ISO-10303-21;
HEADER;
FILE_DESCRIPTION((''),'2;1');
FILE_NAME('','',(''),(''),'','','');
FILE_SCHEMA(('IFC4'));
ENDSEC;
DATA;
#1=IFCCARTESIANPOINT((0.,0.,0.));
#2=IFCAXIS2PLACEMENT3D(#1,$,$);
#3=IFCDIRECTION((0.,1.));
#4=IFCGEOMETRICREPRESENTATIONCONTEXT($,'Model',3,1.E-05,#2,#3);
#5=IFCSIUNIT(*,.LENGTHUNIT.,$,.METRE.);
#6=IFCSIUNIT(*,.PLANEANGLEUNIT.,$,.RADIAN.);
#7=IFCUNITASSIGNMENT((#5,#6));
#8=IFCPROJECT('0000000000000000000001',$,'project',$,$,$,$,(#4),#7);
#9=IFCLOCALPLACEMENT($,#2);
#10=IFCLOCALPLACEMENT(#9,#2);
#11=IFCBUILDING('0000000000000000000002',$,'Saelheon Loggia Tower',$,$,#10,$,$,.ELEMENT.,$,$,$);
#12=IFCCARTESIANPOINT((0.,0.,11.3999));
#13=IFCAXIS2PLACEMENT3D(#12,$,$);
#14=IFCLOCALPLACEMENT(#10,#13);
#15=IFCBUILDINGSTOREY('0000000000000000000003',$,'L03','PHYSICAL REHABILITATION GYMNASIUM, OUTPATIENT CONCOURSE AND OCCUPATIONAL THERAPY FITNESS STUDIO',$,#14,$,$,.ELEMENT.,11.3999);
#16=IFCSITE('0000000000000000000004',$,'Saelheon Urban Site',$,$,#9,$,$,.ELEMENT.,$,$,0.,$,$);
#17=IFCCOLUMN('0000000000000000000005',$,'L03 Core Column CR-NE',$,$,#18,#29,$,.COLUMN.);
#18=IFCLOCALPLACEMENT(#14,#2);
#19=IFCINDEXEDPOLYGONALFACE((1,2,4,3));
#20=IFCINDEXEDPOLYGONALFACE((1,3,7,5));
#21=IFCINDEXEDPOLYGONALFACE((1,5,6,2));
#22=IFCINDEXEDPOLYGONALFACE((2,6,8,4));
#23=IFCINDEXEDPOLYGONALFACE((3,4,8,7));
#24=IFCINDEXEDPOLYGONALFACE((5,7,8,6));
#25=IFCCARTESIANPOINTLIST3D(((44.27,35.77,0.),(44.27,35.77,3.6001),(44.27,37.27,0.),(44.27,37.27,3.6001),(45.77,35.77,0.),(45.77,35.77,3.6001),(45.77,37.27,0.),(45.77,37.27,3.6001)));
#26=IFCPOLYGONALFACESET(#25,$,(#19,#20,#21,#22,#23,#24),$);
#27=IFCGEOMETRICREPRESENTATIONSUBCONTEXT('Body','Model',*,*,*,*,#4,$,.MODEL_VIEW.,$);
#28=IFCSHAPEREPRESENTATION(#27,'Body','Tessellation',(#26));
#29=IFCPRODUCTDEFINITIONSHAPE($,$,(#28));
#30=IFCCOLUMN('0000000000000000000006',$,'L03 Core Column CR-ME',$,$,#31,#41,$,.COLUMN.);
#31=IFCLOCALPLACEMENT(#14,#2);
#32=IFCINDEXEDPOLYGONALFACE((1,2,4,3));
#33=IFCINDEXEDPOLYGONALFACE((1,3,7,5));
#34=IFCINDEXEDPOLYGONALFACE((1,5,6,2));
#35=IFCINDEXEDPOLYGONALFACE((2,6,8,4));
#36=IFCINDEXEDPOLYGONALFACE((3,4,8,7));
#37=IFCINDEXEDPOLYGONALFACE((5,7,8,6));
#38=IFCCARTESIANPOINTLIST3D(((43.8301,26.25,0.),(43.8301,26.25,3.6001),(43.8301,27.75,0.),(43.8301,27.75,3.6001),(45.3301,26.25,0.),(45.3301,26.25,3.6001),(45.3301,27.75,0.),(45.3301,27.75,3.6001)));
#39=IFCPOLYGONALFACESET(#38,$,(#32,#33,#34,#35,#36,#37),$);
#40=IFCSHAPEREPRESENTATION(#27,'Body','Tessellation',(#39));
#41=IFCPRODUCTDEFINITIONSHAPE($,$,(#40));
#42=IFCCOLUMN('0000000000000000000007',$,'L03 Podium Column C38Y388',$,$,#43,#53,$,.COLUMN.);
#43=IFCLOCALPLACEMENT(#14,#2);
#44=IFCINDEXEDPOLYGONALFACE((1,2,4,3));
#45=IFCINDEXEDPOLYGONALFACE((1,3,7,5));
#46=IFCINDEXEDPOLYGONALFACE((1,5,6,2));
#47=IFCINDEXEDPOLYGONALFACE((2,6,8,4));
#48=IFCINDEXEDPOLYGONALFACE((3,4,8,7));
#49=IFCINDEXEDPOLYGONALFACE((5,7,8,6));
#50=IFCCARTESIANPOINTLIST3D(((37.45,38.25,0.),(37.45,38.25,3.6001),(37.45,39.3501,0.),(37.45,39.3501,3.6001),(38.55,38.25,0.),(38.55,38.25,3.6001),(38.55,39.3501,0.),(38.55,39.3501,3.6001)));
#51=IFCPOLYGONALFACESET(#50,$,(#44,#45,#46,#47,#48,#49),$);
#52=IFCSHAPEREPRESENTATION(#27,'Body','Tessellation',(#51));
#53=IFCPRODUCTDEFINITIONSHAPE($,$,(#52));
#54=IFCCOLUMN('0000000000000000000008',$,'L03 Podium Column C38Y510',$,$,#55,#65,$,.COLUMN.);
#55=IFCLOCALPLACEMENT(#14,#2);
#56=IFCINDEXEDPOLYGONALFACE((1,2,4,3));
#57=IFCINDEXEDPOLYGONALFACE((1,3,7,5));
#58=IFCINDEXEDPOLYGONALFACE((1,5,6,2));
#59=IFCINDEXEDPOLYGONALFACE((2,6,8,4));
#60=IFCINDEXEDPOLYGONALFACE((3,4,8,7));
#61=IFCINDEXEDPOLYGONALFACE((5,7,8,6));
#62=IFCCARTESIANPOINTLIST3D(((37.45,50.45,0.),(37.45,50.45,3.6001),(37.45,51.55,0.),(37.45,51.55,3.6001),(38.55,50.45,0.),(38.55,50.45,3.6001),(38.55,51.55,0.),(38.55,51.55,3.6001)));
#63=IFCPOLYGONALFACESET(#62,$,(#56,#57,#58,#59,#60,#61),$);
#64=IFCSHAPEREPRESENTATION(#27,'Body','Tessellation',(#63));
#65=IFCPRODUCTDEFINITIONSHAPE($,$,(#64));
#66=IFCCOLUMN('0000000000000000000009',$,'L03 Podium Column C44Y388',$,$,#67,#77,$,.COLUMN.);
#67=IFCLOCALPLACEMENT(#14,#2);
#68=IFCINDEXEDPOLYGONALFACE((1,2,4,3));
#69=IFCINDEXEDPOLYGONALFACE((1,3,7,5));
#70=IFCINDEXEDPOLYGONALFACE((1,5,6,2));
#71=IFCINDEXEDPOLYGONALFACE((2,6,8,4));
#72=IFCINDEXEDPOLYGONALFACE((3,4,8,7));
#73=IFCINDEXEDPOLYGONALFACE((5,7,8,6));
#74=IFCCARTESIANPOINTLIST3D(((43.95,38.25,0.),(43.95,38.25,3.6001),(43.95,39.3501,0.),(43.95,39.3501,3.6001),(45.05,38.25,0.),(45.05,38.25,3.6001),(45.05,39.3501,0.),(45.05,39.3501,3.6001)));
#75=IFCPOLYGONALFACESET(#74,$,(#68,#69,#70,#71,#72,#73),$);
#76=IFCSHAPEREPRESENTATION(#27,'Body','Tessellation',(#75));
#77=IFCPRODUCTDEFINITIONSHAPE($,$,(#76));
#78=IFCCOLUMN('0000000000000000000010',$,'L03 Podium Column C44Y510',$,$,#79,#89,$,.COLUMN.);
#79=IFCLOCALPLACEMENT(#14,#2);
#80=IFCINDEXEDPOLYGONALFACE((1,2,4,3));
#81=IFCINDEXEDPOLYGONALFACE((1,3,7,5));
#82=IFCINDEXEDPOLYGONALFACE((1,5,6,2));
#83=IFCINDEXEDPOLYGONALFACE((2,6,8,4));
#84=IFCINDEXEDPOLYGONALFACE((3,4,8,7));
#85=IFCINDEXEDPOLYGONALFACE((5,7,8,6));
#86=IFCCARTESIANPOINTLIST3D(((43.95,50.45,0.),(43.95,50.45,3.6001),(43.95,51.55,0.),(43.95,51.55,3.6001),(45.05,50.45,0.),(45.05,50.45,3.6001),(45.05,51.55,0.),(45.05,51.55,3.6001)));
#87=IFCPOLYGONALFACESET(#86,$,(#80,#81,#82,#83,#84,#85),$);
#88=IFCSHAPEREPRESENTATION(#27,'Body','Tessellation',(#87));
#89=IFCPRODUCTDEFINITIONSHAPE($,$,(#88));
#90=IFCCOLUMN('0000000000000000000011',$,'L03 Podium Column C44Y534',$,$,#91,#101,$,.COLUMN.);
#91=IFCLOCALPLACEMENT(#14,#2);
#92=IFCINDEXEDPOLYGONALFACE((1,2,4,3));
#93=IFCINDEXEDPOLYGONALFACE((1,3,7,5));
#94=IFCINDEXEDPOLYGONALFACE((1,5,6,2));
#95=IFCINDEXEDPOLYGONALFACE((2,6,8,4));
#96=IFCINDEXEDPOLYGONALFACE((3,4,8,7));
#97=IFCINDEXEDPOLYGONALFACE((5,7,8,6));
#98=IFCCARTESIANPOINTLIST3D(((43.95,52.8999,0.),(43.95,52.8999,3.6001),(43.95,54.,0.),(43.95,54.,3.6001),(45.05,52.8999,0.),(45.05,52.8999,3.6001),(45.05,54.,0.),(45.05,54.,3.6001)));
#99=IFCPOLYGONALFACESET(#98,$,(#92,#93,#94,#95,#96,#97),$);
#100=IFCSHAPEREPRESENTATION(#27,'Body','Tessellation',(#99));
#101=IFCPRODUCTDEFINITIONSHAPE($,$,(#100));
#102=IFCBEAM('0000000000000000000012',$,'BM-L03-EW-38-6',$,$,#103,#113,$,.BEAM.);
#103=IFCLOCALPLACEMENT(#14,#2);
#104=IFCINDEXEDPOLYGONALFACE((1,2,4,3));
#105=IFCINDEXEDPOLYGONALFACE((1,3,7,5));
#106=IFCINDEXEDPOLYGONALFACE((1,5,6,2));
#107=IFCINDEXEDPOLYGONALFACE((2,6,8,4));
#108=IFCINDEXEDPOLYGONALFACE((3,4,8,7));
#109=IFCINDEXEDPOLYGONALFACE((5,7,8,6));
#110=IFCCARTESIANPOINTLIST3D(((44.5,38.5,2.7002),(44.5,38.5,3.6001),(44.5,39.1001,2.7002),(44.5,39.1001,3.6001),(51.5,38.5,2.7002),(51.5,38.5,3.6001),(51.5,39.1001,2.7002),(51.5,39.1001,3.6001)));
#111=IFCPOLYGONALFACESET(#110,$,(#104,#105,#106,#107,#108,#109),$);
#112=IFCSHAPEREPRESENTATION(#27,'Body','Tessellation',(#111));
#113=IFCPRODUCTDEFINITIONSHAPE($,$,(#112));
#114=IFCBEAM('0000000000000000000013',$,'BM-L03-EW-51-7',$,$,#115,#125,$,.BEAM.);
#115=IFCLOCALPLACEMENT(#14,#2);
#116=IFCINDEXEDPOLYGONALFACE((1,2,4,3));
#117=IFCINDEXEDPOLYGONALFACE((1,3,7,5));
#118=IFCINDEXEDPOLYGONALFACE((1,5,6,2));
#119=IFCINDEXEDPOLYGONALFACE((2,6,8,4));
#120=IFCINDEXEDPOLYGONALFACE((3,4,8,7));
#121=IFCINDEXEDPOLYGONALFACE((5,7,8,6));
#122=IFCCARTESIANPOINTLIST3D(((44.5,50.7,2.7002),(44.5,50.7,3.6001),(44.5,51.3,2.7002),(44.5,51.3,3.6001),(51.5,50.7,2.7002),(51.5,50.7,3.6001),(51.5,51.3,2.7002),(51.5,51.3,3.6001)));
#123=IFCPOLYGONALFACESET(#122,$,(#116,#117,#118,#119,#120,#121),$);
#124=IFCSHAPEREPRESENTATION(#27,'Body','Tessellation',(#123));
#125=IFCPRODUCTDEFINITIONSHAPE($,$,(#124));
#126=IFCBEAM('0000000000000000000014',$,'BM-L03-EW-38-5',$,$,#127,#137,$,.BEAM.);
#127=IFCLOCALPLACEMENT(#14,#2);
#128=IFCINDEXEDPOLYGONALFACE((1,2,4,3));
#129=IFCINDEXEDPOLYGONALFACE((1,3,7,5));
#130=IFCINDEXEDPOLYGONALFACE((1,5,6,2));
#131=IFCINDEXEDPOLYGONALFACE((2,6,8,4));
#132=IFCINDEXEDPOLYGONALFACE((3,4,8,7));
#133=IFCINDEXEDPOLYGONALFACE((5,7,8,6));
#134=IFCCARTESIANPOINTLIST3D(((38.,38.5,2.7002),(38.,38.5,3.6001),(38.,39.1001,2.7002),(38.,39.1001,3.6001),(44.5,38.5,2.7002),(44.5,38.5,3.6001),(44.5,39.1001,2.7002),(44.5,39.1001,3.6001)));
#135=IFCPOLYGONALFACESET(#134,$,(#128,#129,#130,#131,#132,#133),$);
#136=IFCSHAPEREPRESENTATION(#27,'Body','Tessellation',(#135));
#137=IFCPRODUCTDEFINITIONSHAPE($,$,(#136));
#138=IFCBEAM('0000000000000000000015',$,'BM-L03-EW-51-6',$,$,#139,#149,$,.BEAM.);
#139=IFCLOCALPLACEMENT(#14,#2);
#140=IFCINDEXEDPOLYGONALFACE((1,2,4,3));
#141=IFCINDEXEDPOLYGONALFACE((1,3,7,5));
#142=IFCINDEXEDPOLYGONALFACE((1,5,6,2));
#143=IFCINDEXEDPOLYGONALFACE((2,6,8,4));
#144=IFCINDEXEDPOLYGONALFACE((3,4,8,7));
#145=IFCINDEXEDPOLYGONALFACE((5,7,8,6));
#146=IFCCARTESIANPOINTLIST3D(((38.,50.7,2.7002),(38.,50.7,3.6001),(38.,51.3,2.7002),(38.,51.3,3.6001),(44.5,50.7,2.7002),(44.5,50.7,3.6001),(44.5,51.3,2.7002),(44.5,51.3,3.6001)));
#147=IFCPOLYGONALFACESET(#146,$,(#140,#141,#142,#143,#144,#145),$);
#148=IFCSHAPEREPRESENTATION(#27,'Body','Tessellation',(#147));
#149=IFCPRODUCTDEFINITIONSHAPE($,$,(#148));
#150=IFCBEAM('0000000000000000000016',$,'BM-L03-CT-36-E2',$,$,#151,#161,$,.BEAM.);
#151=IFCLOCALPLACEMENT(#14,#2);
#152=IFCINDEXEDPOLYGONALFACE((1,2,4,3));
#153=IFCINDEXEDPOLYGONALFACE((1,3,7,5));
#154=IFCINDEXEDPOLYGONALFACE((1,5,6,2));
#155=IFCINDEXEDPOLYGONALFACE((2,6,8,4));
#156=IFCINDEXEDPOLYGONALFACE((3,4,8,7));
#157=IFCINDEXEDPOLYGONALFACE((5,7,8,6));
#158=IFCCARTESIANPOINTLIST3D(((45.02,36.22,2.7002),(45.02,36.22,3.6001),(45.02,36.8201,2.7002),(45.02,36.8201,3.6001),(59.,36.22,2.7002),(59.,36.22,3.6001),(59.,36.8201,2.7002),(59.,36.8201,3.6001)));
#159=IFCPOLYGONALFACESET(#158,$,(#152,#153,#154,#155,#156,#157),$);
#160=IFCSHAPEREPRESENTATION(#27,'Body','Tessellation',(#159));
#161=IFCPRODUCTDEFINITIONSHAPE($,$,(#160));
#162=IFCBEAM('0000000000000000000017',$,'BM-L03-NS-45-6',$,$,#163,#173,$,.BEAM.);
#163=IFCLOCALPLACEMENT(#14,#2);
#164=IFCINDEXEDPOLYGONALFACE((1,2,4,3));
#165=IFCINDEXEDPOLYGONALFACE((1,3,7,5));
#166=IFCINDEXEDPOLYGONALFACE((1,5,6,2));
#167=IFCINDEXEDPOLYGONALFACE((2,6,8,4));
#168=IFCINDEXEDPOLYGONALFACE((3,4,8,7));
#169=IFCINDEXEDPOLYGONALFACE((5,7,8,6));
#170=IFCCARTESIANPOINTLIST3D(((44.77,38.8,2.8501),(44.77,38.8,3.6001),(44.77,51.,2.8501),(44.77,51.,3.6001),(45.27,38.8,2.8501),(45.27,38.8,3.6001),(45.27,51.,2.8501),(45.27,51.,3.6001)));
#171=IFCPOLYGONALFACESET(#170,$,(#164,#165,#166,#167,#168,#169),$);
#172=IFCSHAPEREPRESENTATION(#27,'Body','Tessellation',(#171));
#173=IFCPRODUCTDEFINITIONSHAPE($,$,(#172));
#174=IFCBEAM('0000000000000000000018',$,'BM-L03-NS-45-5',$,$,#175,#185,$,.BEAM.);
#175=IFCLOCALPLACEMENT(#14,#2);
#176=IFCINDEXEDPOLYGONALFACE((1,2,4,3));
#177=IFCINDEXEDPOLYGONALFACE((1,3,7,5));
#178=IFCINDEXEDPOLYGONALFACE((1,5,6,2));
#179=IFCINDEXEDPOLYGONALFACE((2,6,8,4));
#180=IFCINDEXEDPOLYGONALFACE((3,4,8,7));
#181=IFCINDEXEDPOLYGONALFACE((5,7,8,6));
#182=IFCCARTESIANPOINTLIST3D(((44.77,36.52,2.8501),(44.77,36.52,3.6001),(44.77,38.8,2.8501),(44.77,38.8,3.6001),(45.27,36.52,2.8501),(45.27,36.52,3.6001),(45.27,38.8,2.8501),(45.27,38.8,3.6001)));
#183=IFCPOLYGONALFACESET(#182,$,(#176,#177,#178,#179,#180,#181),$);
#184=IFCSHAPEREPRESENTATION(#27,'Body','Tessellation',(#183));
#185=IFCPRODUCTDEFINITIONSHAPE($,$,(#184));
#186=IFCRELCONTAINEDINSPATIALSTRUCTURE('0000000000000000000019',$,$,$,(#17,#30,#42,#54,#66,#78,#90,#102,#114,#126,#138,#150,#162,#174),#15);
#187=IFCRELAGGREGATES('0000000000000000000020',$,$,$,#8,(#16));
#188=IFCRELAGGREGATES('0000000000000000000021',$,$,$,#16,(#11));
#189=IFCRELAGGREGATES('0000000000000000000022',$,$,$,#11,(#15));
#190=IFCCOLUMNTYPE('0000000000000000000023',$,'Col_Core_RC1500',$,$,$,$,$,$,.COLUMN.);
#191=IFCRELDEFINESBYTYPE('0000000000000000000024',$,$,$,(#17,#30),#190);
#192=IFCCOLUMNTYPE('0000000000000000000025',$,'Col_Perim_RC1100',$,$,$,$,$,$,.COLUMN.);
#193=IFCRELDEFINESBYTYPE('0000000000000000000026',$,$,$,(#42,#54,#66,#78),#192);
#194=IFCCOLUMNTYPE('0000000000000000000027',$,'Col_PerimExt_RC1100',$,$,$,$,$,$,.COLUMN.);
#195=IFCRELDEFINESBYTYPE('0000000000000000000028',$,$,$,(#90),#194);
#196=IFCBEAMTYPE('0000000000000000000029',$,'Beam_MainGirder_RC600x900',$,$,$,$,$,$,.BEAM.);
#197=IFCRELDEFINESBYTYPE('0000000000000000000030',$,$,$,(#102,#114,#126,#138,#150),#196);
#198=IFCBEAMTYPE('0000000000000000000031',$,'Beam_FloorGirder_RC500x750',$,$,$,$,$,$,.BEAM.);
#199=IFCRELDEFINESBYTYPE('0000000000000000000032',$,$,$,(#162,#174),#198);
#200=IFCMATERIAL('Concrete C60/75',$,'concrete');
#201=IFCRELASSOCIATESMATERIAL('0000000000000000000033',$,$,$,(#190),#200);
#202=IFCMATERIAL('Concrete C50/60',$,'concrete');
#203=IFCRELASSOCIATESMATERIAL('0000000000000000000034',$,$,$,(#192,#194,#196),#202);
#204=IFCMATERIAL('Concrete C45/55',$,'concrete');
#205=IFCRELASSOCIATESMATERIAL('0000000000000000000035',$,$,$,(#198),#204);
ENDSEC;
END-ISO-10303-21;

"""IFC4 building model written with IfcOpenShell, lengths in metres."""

from ifc_helpers import new_model, si_unit, direction, frame, origin, origin_2d, place, context, subcontext, project, spatial, rectangle, extrude, source, transform, mapped, material, material_profile, profile_set, type_object, element, save


model = new_model("IFC4")

# Units and contexts
model_context = context("Model", 3, precision=1e-05, world=origin(), true_north=direction((0.0, 1.0)))
body_context = subcontext(model_context, "Body", "Model", "MODEL_VIEW")
ifc_project = project(units=[si_unit("LENGTHUNIT", "METRE"), si_unit("PLANEANGLEUNIT", "RADIAN")], contexts=[model_context])

# Site, building, storey
site_placement = place(None, origin())
site = spatial("IfcSite", under=ifc_project, at=site_placement, Name="Saelheon Urban Site", CompositionType="ELEMENT", RefElevation=0.0)
building_placement = place(site_placement, origin())
building = spatial("IfcBuilding", under=site, at=building_placement, Name="Saelheon Loggia Tower", CompositionType="ELEMENT")
storey_placement = place(building_placement, frame((0.0, 0.0, 11.3999)))
storey = spatial("IfcBuildingStorey", under=building, at=storey_placement, Name="L03", Description="PHYSICAL REHABILITATION GYMNASIUM, OUTPATIENT CONCOURSE AND OCCUPATIONAL THERAPY FITNESS STUDIO", CompositionType="ELEMENT", Elevation=11.3999)

# Columns
ifc_material_1 = material(Name="Concrete C60/75", Category="concrete")
ifc_material_profile_1 = material_profile(ifc_material_1, rectangle(XDim=1.5, YDim=1.5, at=origin_2d()), Name="RC-1500x1500")
ifc_profile_set_1 = profile_set([ifc_material_profile_1], Name="Concrete C60/75")
column_type_1 = type_object("IfcColumnType", Name="Col_Core_RC1500", PredefinedType="COLUMN", material=ifc_profile_set_1)
shared_shape_1 = source(origin(), body_context, "Body", "SweptSolid", [
    extrude(rectangle(XDim=1.5, YDim=1.5, at=origin_2d()), origin(), (0.0, 0.0, 1.0), 3.6001),
])
for number, where, z_axis, x_axis, name in (
    (1, (45.02, 36.52, 0.0), (0.0, 0.0, 1.0), (1.0, 0.0, 0.0), "L03 Core Column CR-NE"),
    (2, (44.5801, 27.0, 0.0), (0.0, 0.0, 1.0), (1.0, 0.0, 0.0), "L03 Core Column CR-ME"),
):
    element("IfcColumn", number, at=place(storey_placement, frame(where, z_axis=z_axis, x_axis=x_axis)), inside=storey, type_object=column_type_1, Name=name, PredefinedType="COLUMN", context=body_context, shape_type="MappedRepresentation", body=[
        mapped(shared_shape_1, transform((0.0, 0.0, 0.0), scale=1.0)),
    ])
ifc_material_2 = material(Name="Concrete C50/60", Category="concrete")
ifc_material_profile_2 = material_profile(ifc_material_2, rectangle(XDim=1.1001, YDim=1.1001, at=origin_2d()), Name="RC-1100x1100")
ifc_profile_set_2 = profile_set([ifc_material_profile_2], Name="Concrete C50/60")
column_type_2 = type_object("IfcColumnType", Name="Col_Perim_RC1100", PredefinedType="COLUMN", material=ifc_profile_set_2)
shared_shape_2 = source(origin(), body_context, "Body", "SweptSolid", [
    extrude(rectangle(XDim=1.1001, YDim=1.1001, at=origin_2d()), origin(), (0.0, 0.0, 1.0), 3.6001),
])
for number, where, z_axis, x_axis, name in (
    (3, (38.0, 38.8, 0.0), (0.0, 0.0, 1.0), (1.0, 0.0, 0.0), "L03 Podium Column C38Y388"),
    (4, (38.0, 51.0, 0.0), (0.0, 0.0, 1.0), (1.0, 0.0, 0.0), "L03 Podium Column C38Y510"),
    (5, (44.5, 38.8, 0.0), (0.0, 0.0, 1.0), (1.0, 0.0, 0.0), "L03 Podium Column C44Y388"),
    (6, (44.5, 51.0, 0.0), (0.0, 0.0, 1.0), (1.0, 0.0, 0.0), "L03 Podium Column C44Y510"),
):
    element("IfcColumn", number, at=place(storey_placement, frame(where, z_axis=z_axis, x_axis=x_axis)), inside=storey, type_object=column_type_2, Name=name, PredefinedType="COLUMN", context=body_context, shape_type="MappedRepresentation", body=[
        mapped(shared_shape_2, transform((0.0, 0.0, 0.0), scale=1.0)),
    ])
ifc_material_profile_3 = material_profile(ifc_material_2, rectangle(XDim=1.1001, YDim=1.1001, at=origin_2d()), Name="RC-1100x1100")
ifc_profile_set_3 = profile_set([ifc_material_profile_3], Name="Concrete C50/60")
column_type_3 = type_object("IfcColumnType", Name="Col_PerimExt_RC1100", PredefinedType="COLUMN", material=ifc_profile_set_3)
column_placement = place(storey_placement, frame((44.5, 53.45, 0.0), z_axis=(0.0, 0.0, 1.0), x_axis=(1.0, 0.0, 0.0)))
element("IfcColumn", 7, at=column_placement, inside=storey, type_object=column_type_3, Name="L03 Podium Column C44Y534", PredefinedType="COLUMN", context=body_context, shape_type="MappedRepresentation", body=[
    mapped(shared_shape_2, transform((0.0, 0.0, 0.0), scale=1.0)),
])

# Beams
ifc_material_profile_4 = material_profile(ifc_material_2, rectangle(XDim=0.6001, YDim=0.8999, at=origin_2d()), Name="RC-600x900")
ifc_profile_set_4 = profile_set([ifc_material_profile_4], Name="Concrete C50/60")
beam_type_1 = type_object("IfcBeamType", Name="Beam_MainGirder_RC600x900", PredefinedType="BEAM", material=ifc_profile_set_4)
shared_shape_3 = source(origin(), body_context, "Body", "SweptSolid", [
    extrude(rectangle(XDim=0.6001, YDim=0.8999, at=origin_2d()), origin(), (0.0, 0.0, 1.0), 7.0),
])
for number, where, z_axis, x_axis, name in (
    (8, (44.5, 38.8, 3.1501), (1.0, 0.0, 0.0), (0.0, 1.0, 0.0), "BM-L03-EW-38-6"),
    (9, (44.5, 51.0, 3.1501), (1.0, 0.0, 0.0), (0.0, 1.0, 0.0), "BM-L03-EW-51-7"),
):
    element("IfcBeam", number, at=place(storey_placement, frame(where, z_axis=z_axis, x_axis=x_axis)), inside=storey, type_object=beam_type_1, Name=name, PredefinedType="BEAM", context=body_context, shape_type="MappedRepresentation", body=[
        mapped(shared_shape_3, transform((0.0, 0.0, 0.0), scale=1.0)),
    ])
shared_shape_4 = source(origin(), body_context, "Body", "SweptSolid", [
    extrude(rectangle(XDim=0.6001, YDim=0.8999, at=origin_2d()), origin(), (0.0, 0.0, 1.0), 6.5),
])
for number, where, z_axis, x_axis, name in (
    (10, (38.0, 38.8, 3.1501), (1.0, 0.0, 0.0), (0.0, 1.0, 0.0), "BM-L03-EW-38-5"),
    (11, (38.0, 51.0, 3.1501), (1.0, 0.0, 0.0), (0.0, 1.0, 0.0), "BM-L03-EW-51-6"),
):
    element("IfcBeam", number, at=place(storey_placement, frame(where, z_axis=z_axis, x_axis=x_axis)), inside=storey, type_object=beam_type_1, Name=name, PredefinedType="BEAM", context=body_context, shape_type="MappedRepresentation", body=[
        mapped(shared_shape_4, transform((0.0, 0.0, 0.0), scale=1.0)),
    ])
shared_shape_5 = source(origin(), body_context, "Body", "SweptSolid", [
    extrude(rectangle(XDim=0.6001, YDim=0.8999, at=origin_2d()), origin(), (0.0, 0.0, 1.0), 13.98),
])
beam_1_placement = place(storey_placement, frame((45.02, 36.52, 3.1501), z_axis=(1.0, 0.0, 0.0), x_axis=(0.0, 1.0, 0.0)))
element("IfcBeam", 12, at=beam_1_placement, inside=storey, type_object=beam_type_1, Name="BM-L03-CT-36-E2", PredefinedType="BEAM", context=body_context, shape_type="MappedRepresentation", body=[
    mapped(shared_shape_5, transform((0.0, 0.0, 0.0), scale=1.0)),
])
ifc_material_3 = material(Name="Concrete C45/55", Category="concrete")
ifc_material_profile_5 = material_profile(ifc_material_3, rectangle(XDim=0.5, YDim=0.75, at=origin_2d()), Name="RC-500x750")
ifc_profile_set_5 = profile_set([ifc_material_profile_5], Name="Concrete C45/55")
beam_type_2 = type_object("IfcBeamType", Name="Beam_FloorGirder_RC500x750", PredefinedType="BEAM", material=ifc_profile_set_5)
shared_shape_6 = source(origin(), body_context, "Body", "SweptSolid", [
    extrude(rectangle(XDim=0.5, YDim=0.75, at=origin_2d()), origin(), (0.0, 0.0, 1.0), 12.2),
])
beam_2_placement = place(storey_placement, frame((45.02, 38.8, 3.2251), z_axis=(0.0, 1.0, 0.0), x_axis=(-1.0, 0.0, 0.0)))
element("IfcBeam", 13, at=beam_2_placement, inside=storey, type_object=beam_type_2, Name="BM-L03-NS-45-6", PredefinedType="BEAM", context=body_context, shape_type="MappedRepresentation", body=[
    mapped(shared_shape_6, transform((0.0, 0.0, 0.0), scale=1.0)),
])
shared_shape_7 = source(origin(), body_context, "Body", "SweptSolid", [
    extrude(rectangle(XDim=0.5, YDim=0.75, at=origin_2d()), origin(), (0.0, 0.0, 1.0), 2.28),
])
beam_3_placement = place(storey_placement, frame((45.02, 36.52, 3.2251), z_axis=(0.0, 1.0, 0.0), x_axis=(-1.0, 0.0, 0.0)))
element("IfcBeam", 14, at=beam_3_placement, inside=storey, type_object=beam_type_2, Name="BM-L03-NS-45-5", PredefinedType="BEAM", context=body_context, shape_type="MappedRepresentation", body=[
    mapped(shared_shape_7, transform((0.0, 0.0, 0.0), scale=1.0)),
])

save(model, "model.ifc")
